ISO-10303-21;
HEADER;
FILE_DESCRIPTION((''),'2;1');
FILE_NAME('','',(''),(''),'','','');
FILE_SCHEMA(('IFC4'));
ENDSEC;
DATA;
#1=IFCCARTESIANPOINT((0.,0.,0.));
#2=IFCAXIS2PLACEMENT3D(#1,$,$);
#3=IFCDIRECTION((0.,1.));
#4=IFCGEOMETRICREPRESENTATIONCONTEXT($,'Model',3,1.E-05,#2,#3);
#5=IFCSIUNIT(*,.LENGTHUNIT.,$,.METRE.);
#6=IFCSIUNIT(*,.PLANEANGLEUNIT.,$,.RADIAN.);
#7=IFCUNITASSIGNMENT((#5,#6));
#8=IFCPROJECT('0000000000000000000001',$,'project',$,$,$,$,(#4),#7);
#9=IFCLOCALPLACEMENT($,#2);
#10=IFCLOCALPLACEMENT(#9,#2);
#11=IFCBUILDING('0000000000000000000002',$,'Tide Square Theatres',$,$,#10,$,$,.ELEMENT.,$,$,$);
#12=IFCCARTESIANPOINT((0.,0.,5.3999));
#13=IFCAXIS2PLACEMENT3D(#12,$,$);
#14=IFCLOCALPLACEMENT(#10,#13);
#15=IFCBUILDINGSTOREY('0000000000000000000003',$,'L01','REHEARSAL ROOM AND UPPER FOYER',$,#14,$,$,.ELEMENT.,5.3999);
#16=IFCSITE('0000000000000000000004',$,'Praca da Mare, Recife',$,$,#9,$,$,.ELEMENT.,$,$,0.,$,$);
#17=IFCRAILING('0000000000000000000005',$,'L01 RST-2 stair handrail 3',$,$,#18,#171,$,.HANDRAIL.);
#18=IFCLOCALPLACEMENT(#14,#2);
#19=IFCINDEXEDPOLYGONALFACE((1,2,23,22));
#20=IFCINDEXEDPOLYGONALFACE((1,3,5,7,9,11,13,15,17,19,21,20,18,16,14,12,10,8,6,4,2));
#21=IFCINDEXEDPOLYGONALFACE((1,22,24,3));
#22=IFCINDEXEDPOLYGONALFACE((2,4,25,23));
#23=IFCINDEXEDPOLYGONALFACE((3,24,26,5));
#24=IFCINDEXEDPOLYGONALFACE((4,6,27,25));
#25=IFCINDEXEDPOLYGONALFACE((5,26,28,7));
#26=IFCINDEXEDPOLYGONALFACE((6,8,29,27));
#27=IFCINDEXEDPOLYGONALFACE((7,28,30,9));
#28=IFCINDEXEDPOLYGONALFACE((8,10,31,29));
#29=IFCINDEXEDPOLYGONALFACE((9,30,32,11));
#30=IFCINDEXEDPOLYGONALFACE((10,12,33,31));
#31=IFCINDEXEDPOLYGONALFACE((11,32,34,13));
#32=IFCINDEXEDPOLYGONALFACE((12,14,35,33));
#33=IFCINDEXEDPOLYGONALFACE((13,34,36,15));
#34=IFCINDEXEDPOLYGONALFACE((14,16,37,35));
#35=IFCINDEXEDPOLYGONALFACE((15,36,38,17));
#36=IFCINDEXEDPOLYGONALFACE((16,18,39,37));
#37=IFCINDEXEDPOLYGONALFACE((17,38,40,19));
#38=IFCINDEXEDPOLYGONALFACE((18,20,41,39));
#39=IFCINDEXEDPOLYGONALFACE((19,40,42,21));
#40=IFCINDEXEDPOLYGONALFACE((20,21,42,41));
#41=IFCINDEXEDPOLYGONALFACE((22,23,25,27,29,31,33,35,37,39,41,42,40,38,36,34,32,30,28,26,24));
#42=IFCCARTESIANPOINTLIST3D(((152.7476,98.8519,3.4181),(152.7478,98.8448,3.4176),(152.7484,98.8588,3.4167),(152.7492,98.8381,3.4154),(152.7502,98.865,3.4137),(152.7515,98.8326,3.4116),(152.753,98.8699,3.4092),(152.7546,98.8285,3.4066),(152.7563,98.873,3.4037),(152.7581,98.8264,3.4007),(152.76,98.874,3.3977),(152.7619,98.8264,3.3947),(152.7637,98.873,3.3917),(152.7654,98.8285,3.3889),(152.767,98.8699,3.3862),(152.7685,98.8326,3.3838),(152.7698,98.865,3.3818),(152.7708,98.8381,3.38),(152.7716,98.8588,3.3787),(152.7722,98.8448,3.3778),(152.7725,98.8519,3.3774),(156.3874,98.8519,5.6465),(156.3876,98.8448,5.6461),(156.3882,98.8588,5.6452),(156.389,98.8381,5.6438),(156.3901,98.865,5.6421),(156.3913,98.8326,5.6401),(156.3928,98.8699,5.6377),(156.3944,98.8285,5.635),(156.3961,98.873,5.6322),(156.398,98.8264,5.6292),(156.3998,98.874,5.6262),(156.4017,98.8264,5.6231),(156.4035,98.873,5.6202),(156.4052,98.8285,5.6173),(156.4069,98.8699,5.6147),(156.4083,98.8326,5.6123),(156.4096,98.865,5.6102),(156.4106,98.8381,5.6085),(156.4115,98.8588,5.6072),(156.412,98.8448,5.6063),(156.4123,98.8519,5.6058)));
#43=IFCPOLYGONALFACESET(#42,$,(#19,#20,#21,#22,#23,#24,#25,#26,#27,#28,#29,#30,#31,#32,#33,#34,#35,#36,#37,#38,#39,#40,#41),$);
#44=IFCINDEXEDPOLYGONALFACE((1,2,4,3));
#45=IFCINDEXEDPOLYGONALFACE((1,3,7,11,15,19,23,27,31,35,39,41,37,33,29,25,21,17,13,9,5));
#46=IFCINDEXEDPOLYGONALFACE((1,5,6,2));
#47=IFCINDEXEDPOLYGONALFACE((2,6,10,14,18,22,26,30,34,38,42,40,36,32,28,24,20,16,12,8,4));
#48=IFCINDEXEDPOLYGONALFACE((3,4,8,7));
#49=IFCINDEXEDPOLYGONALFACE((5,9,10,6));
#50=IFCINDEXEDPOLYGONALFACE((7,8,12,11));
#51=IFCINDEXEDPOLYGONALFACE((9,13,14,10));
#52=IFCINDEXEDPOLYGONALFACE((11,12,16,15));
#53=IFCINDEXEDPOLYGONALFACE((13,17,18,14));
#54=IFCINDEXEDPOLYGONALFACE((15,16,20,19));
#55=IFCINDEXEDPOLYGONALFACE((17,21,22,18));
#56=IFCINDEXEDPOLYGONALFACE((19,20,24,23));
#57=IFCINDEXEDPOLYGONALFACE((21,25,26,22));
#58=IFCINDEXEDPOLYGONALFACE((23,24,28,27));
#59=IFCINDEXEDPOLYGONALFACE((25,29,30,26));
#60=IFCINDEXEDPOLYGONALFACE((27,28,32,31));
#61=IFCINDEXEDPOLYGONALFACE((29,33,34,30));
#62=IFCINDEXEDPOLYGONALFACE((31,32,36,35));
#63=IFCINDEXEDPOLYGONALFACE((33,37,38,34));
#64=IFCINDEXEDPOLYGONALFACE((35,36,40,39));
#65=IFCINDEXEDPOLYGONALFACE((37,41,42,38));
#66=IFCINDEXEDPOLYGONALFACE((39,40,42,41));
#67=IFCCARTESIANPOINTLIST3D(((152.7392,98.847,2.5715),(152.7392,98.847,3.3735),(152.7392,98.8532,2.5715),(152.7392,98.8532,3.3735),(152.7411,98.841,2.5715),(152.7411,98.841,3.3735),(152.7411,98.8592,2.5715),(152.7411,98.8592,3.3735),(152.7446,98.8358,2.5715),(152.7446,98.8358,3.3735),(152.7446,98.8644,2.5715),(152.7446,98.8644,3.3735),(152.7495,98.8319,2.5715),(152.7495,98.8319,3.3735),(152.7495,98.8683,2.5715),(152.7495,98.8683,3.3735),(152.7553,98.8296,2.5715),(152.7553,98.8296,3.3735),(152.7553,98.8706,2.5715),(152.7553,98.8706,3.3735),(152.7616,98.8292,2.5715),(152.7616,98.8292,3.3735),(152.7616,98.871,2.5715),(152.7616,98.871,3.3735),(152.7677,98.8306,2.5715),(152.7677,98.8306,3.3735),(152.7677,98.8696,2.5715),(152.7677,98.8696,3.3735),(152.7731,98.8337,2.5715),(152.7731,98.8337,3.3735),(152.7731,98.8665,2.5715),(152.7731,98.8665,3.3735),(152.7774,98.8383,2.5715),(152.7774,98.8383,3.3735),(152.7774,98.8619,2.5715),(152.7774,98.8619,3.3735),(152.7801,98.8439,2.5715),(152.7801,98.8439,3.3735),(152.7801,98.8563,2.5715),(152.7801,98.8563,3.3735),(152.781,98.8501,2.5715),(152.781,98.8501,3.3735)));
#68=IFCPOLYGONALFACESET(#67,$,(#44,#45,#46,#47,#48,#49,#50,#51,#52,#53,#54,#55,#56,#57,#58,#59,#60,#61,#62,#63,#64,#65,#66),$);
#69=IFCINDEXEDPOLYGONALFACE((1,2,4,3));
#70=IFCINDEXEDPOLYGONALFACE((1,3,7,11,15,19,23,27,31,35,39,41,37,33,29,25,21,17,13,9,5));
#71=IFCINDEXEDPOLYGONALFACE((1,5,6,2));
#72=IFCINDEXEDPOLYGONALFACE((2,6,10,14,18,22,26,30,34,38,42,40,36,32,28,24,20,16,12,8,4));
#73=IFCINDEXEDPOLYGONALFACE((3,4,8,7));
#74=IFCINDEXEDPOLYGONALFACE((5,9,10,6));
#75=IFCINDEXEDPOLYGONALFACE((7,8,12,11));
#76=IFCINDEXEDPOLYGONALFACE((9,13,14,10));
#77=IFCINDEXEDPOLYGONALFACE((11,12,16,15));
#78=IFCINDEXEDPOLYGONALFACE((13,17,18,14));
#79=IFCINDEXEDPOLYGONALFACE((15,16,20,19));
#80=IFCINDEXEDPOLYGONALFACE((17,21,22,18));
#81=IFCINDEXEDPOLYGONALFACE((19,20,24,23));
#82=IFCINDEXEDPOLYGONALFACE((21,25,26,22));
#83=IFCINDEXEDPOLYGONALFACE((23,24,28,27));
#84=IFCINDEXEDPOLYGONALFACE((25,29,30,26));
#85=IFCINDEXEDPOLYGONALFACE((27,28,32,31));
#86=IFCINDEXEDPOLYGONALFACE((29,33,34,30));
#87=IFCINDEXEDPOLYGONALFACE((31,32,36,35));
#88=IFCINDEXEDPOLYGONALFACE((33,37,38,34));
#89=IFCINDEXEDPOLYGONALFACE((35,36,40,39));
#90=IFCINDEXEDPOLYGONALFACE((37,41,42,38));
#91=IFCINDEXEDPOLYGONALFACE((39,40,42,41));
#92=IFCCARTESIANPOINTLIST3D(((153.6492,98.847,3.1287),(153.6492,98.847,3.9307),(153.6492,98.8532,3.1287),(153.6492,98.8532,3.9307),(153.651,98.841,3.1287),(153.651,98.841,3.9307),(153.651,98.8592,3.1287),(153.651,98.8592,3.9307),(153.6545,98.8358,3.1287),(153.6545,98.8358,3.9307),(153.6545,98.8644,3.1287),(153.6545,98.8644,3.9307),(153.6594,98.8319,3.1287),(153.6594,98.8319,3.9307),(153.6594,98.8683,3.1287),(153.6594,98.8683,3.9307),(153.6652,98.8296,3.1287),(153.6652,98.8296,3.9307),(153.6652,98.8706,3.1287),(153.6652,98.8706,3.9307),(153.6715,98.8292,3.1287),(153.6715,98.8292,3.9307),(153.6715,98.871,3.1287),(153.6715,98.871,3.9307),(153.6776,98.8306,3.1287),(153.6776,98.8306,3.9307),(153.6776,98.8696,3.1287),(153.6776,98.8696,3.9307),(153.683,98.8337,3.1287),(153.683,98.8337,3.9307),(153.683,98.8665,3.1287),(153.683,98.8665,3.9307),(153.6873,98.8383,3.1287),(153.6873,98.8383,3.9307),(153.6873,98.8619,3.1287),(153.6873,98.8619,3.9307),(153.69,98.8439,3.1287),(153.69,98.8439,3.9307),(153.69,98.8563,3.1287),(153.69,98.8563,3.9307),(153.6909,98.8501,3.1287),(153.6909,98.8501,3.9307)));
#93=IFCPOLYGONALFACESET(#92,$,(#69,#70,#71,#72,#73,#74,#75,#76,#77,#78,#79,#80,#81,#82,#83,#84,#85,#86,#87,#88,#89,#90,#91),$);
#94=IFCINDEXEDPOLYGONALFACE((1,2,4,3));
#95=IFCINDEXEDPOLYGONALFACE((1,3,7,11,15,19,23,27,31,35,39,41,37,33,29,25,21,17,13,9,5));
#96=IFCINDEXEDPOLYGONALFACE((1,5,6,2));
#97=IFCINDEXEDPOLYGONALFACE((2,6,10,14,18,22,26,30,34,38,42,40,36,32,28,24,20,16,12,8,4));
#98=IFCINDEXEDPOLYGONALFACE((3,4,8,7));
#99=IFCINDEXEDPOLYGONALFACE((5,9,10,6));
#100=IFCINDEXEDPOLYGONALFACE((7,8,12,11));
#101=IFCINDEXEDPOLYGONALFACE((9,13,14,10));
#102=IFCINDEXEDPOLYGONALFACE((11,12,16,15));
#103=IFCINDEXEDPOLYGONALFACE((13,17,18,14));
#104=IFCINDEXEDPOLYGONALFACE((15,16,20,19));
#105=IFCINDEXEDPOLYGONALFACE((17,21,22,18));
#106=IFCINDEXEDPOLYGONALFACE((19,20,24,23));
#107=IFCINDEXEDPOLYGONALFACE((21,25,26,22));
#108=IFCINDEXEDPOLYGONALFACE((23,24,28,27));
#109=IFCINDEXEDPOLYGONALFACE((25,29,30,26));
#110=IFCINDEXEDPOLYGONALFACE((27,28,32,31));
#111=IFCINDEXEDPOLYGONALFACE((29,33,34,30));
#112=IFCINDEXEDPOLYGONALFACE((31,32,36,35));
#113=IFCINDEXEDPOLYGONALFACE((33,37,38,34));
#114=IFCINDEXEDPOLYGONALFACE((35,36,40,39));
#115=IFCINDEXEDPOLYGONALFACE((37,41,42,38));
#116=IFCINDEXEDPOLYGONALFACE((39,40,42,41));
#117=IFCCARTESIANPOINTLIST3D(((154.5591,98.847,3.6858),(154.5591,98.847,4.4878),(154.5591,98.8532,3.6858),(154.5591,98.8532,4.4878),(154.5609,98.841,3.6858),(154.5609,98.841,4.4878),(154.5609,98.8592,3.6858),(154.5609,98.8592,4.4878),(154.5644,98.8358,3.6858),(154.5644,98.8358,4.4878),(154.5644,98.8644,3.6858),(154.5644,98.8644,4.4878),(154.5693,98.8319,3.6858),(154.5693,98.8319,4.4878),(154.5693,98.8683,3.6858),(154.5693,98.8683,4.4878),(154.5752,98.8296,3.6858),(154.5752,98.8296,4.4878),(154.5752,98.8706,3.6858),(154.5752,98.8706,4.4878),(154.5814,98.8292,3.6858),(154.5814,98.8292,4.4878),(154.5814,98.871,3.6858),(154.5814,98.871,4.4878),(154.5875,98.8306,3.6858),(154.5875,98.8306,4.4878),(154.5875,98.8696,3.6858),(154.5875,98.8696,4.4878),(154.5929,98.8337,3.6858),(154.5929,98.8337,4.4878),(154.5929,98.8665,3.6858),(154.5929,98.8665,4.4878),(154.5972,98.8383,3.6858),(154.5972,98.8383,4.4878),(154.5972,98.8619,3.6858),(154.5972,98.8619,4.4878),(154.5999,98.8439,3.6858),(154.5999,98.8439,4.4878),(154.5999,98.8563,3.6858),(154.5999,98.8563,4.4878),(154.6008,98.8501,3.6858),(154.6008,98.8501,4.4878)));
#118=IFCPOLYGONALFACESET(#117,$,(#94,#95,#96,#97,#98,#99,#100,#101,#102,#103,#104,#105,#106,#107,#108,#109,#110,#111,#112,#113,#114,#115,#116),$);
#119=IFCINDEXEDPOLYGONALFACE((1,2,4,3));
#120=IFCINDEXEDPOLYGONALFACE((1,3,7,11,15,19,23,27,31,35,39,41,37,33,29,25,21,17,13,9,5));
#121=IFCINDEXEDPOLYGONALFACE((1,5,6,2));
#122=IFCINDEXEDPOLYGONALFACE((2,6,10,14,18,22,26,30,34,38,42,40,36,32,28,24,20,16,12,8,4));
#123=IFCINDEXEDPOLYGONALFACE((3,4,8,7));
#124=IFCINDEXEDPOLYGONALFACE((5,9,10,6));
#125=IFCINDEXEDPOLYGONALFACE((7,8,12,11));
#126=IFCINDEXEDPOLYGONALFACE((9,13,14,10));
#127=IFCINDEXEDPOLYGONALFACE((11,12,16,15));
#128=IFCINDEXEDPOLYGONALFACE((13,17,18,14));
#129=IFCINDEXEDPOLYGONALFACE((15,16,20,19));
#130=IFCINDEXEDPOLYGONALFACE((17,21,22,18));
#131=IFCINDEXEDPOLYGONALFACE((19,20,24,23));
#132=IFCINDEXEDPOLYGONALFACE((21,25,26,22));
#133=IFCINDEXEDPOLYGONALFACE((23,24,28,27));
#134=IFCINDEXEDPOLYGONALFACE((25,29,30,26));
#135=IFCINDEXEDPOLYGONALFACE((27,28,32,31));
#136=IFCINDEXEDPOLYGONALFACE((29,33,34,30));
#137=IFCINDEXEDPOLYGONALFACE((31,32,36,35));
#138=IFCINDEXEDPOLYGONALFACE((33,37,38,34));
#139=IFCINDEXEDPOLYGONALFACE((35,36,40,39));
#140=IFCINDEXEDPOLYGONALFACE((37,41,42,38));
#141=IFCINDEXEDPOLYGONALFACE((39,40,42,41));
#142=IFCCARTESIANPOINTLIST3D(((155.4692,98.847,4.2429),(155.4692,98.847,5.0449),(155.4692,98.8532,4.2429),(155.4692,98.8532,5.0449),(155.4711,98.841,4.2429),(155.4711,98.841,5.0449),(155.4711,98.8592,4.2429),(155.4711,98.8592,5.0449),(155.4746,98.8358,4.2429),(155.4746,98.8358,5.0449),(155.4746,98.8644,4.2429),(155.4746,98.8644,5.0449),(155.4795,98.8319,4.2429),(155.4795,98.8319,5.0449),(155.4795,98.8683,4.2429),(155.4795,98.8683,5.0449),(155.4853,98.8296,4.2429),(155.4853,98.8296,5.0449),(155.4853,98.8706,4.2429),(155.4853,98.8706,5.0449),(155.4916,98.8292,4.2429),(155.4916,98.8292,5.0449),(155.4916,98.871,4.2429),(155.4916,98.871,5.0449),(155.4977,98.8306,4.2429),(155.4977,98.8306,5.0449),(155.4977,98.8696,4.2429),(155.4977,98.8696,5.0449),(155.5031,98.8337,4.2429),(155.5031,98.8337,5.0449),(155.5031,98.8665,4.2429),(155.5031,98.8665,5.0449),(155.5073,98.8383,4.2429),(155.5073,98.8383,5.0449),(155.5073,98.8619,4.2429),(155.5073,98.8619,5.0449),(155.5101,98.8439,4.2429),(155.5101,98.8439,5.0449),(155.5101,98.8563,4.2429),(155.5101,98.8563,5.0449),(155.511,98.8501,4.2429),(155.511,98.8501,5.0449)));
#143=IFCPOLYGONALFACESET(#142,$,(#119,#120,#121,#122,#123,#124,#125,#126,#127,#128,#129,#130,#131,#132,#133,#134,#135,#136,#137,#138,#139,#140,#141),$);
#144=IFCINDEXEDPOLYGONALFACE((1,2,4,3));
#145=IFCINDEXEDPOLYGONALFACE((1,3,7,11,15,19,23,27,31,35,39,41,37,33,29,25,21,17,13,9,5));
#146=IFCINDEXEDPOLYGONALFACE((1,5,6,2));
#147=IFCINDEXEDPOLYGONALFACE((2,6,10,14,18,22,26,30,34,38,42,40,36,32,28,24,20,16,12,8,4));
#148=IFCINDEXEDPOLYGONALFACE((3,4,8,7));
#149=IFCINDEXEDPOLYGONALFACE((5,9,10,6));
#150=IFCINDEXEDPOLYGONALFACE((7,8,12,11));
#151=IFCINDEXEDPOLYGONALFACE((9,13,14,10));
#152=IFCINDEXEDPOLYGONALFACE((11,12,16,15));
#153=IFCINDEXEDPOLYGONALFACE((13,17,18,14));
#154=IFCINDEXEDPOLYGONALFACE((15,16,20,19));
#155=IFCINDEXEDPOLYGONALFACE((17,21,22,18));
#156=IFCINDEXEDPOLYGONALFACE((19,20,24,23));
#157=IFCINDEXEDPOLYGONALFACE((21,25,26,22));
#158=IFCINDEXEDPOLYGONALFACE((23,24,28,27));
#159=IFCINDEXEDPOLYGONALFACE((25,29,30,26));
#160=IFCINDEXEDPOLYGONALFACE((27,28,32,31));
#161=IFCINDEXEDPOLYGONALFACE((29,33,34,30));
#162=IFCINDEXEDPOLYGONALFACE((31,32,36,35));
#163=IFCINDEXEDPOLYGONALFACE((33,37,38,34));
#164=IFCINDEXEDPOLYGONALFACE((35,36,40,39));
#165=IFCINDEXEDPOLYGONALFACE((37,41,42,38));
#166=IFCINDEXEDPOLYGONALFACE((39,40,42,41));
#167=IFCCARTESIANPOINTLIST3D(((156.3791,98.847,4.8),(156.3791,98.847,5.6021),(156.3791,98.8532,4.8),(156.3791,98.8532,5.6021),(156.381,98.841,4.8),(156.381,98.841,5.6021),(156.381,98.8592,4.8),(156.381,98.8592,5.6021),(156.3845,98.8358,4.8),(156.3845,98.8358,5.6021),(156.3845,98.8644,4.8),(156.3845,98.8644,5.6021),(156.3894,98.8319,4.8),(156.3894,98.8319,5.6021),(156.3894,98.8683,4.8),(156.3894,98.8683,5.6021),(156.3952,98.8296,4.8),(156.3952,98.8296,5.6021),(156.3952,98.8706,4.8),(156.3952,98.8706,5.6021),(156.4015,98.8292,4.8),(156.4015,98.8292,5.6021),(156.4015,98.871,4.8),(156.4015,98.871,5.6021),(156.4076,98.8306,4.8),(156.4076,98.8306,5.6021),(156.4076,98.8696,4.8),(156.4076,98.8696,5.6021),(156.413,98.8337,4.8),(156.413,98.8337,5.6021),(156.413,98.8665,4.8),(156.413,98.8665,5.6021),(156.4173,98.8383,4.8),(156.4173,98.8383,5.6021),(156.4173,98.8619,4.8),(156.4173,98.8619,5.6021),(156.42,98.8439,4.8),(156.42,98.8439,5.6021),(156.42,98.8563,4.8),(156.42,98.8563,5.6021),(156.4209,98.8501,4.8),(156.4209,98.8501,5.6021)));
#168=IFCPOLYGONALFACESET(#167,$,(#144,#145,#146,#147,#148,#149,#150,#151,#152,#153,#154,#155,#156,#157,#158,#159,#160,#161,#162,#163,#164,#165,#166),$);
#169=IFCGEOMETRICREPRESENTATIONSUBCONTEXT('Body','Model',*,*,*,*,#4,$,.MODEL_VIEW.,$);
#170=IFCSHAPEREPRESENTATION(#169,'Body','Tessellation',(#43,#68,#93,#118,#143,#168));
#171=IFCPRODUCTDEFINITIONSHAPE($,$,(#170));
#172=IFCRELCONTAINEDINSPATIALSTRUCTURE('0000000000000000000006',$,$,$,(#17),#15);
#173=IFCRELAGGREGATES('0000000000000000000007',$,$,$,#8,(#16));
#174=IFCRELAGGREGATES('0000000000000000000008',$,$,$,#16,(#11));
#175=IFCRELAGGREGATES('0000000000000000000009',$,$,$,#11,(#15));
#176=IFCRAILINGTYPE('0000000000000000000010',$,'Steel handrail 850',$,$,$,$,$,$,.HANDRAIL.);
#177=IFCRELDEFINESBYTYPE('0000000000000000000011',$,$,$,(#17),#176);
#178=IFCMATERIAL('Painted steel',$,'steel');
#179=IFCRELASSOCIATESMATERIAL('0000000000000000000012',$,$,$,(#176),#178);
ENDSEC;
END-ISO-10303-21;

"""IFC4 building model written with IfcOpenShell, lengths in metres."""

from ifc_helpers import new_model, si_unit, direction, frame, origin, origin_2d, place, context, subcontext, project, spatial, circle, extrude, material, type_object, element, save


model = new_model("IFC4")

# Units and contexts
model_context = context("Model", 3, precision=1e-05, world=origin(), true_north=direction((0.0, 1.0)))
body_context = subcontext(model_context, "Body", "Model", "MODEL_VIEW")
ifc_project = project(units=[si_unit("LENGTHUNIT", "METRE"), si_unit("PLANEANGLEUNIT", "RADIAN")], contexts=[model_context])

# Site, building, storey
site_placement = place(None, origin())
site = spatial("IfcSite", under=ifc_project, at=site_placement, Name="Praca da Mare, Recife", CompositionType="ELEMENT", RefElevation=0.0)
building_placement = place(site_placement, origin())
building = spatial("IfcBuilding", under=site, at=building_placement, Name="Tide Square Theatres", CompositionType="ELEMENT")
storey_placement = place(building_placement, frame((0.0, 0.0, 5.3999)))
storey = spatial("IfcBuildingStorey", under=building, at=storey_placement, Name="L01", Description="REHEARSAL ROOM AND UPPER FOYER", CompositionType="ELEMENT", Elevation=5.3999)

# Railing
ifc_material_1 = material(Name="Painted steel", Category="steel")
railing_type_1 = type_object("IfcRailingType", Name="Steel handrail 850", PredefinedType="HANDRAIL", material=ifc_material_1)
for number, where, name in (
    (1, (152.76, 98.8501, 2.5715), "L01 RST-2 stair handrail 3"),
):
    element("IfcRailing", number, at=place(storey_placement, frame(where)), inside=storey, type_object=railing_type_1, Name=name, PredefinedType="HANDRAIL", context=body_context, shape_type="SweptSolid", body=[
        extrude(circle(Radius=0.0239, at=origin_2d()), frame((0.0, 0.0, 0.8262), z_axis=(0.85285, 0.0, 0.522156), x_axis=(0.0, 1.0, 0.0)), (0.0, 0.0, 1.0), 4.2678),
        extrude(circle(Radius=0.021, at=origin_2d()), origin(), (0.0, 0.0, 1.0), 0.802),
        extrude(circle(Radius=0.021, at=origin_2d()), frame((0.9099, 0.0, 0.5571)), (0.0, 0.0, 1.0), 0.802),
        extrude(circle(Radius=0.021, at=origin_2d()), frame((1.8198, 0.0, 1.1143)), (0.0, 0.0, 1.0), 0.802),
        extrude(circle(Radius=0.021, at=origin_2d()), frame((2.73, 0.0, 1.6714)), (0.0, 0.0, 1.0), 0.802),
        extrude(circle(Radius=0.021, at=origin_2d()), frame((3.6399, 0.0, 2.2285)), (0.0, 0.0, 1.0), 0.802),
    ])

save(model, "model.ifc")
